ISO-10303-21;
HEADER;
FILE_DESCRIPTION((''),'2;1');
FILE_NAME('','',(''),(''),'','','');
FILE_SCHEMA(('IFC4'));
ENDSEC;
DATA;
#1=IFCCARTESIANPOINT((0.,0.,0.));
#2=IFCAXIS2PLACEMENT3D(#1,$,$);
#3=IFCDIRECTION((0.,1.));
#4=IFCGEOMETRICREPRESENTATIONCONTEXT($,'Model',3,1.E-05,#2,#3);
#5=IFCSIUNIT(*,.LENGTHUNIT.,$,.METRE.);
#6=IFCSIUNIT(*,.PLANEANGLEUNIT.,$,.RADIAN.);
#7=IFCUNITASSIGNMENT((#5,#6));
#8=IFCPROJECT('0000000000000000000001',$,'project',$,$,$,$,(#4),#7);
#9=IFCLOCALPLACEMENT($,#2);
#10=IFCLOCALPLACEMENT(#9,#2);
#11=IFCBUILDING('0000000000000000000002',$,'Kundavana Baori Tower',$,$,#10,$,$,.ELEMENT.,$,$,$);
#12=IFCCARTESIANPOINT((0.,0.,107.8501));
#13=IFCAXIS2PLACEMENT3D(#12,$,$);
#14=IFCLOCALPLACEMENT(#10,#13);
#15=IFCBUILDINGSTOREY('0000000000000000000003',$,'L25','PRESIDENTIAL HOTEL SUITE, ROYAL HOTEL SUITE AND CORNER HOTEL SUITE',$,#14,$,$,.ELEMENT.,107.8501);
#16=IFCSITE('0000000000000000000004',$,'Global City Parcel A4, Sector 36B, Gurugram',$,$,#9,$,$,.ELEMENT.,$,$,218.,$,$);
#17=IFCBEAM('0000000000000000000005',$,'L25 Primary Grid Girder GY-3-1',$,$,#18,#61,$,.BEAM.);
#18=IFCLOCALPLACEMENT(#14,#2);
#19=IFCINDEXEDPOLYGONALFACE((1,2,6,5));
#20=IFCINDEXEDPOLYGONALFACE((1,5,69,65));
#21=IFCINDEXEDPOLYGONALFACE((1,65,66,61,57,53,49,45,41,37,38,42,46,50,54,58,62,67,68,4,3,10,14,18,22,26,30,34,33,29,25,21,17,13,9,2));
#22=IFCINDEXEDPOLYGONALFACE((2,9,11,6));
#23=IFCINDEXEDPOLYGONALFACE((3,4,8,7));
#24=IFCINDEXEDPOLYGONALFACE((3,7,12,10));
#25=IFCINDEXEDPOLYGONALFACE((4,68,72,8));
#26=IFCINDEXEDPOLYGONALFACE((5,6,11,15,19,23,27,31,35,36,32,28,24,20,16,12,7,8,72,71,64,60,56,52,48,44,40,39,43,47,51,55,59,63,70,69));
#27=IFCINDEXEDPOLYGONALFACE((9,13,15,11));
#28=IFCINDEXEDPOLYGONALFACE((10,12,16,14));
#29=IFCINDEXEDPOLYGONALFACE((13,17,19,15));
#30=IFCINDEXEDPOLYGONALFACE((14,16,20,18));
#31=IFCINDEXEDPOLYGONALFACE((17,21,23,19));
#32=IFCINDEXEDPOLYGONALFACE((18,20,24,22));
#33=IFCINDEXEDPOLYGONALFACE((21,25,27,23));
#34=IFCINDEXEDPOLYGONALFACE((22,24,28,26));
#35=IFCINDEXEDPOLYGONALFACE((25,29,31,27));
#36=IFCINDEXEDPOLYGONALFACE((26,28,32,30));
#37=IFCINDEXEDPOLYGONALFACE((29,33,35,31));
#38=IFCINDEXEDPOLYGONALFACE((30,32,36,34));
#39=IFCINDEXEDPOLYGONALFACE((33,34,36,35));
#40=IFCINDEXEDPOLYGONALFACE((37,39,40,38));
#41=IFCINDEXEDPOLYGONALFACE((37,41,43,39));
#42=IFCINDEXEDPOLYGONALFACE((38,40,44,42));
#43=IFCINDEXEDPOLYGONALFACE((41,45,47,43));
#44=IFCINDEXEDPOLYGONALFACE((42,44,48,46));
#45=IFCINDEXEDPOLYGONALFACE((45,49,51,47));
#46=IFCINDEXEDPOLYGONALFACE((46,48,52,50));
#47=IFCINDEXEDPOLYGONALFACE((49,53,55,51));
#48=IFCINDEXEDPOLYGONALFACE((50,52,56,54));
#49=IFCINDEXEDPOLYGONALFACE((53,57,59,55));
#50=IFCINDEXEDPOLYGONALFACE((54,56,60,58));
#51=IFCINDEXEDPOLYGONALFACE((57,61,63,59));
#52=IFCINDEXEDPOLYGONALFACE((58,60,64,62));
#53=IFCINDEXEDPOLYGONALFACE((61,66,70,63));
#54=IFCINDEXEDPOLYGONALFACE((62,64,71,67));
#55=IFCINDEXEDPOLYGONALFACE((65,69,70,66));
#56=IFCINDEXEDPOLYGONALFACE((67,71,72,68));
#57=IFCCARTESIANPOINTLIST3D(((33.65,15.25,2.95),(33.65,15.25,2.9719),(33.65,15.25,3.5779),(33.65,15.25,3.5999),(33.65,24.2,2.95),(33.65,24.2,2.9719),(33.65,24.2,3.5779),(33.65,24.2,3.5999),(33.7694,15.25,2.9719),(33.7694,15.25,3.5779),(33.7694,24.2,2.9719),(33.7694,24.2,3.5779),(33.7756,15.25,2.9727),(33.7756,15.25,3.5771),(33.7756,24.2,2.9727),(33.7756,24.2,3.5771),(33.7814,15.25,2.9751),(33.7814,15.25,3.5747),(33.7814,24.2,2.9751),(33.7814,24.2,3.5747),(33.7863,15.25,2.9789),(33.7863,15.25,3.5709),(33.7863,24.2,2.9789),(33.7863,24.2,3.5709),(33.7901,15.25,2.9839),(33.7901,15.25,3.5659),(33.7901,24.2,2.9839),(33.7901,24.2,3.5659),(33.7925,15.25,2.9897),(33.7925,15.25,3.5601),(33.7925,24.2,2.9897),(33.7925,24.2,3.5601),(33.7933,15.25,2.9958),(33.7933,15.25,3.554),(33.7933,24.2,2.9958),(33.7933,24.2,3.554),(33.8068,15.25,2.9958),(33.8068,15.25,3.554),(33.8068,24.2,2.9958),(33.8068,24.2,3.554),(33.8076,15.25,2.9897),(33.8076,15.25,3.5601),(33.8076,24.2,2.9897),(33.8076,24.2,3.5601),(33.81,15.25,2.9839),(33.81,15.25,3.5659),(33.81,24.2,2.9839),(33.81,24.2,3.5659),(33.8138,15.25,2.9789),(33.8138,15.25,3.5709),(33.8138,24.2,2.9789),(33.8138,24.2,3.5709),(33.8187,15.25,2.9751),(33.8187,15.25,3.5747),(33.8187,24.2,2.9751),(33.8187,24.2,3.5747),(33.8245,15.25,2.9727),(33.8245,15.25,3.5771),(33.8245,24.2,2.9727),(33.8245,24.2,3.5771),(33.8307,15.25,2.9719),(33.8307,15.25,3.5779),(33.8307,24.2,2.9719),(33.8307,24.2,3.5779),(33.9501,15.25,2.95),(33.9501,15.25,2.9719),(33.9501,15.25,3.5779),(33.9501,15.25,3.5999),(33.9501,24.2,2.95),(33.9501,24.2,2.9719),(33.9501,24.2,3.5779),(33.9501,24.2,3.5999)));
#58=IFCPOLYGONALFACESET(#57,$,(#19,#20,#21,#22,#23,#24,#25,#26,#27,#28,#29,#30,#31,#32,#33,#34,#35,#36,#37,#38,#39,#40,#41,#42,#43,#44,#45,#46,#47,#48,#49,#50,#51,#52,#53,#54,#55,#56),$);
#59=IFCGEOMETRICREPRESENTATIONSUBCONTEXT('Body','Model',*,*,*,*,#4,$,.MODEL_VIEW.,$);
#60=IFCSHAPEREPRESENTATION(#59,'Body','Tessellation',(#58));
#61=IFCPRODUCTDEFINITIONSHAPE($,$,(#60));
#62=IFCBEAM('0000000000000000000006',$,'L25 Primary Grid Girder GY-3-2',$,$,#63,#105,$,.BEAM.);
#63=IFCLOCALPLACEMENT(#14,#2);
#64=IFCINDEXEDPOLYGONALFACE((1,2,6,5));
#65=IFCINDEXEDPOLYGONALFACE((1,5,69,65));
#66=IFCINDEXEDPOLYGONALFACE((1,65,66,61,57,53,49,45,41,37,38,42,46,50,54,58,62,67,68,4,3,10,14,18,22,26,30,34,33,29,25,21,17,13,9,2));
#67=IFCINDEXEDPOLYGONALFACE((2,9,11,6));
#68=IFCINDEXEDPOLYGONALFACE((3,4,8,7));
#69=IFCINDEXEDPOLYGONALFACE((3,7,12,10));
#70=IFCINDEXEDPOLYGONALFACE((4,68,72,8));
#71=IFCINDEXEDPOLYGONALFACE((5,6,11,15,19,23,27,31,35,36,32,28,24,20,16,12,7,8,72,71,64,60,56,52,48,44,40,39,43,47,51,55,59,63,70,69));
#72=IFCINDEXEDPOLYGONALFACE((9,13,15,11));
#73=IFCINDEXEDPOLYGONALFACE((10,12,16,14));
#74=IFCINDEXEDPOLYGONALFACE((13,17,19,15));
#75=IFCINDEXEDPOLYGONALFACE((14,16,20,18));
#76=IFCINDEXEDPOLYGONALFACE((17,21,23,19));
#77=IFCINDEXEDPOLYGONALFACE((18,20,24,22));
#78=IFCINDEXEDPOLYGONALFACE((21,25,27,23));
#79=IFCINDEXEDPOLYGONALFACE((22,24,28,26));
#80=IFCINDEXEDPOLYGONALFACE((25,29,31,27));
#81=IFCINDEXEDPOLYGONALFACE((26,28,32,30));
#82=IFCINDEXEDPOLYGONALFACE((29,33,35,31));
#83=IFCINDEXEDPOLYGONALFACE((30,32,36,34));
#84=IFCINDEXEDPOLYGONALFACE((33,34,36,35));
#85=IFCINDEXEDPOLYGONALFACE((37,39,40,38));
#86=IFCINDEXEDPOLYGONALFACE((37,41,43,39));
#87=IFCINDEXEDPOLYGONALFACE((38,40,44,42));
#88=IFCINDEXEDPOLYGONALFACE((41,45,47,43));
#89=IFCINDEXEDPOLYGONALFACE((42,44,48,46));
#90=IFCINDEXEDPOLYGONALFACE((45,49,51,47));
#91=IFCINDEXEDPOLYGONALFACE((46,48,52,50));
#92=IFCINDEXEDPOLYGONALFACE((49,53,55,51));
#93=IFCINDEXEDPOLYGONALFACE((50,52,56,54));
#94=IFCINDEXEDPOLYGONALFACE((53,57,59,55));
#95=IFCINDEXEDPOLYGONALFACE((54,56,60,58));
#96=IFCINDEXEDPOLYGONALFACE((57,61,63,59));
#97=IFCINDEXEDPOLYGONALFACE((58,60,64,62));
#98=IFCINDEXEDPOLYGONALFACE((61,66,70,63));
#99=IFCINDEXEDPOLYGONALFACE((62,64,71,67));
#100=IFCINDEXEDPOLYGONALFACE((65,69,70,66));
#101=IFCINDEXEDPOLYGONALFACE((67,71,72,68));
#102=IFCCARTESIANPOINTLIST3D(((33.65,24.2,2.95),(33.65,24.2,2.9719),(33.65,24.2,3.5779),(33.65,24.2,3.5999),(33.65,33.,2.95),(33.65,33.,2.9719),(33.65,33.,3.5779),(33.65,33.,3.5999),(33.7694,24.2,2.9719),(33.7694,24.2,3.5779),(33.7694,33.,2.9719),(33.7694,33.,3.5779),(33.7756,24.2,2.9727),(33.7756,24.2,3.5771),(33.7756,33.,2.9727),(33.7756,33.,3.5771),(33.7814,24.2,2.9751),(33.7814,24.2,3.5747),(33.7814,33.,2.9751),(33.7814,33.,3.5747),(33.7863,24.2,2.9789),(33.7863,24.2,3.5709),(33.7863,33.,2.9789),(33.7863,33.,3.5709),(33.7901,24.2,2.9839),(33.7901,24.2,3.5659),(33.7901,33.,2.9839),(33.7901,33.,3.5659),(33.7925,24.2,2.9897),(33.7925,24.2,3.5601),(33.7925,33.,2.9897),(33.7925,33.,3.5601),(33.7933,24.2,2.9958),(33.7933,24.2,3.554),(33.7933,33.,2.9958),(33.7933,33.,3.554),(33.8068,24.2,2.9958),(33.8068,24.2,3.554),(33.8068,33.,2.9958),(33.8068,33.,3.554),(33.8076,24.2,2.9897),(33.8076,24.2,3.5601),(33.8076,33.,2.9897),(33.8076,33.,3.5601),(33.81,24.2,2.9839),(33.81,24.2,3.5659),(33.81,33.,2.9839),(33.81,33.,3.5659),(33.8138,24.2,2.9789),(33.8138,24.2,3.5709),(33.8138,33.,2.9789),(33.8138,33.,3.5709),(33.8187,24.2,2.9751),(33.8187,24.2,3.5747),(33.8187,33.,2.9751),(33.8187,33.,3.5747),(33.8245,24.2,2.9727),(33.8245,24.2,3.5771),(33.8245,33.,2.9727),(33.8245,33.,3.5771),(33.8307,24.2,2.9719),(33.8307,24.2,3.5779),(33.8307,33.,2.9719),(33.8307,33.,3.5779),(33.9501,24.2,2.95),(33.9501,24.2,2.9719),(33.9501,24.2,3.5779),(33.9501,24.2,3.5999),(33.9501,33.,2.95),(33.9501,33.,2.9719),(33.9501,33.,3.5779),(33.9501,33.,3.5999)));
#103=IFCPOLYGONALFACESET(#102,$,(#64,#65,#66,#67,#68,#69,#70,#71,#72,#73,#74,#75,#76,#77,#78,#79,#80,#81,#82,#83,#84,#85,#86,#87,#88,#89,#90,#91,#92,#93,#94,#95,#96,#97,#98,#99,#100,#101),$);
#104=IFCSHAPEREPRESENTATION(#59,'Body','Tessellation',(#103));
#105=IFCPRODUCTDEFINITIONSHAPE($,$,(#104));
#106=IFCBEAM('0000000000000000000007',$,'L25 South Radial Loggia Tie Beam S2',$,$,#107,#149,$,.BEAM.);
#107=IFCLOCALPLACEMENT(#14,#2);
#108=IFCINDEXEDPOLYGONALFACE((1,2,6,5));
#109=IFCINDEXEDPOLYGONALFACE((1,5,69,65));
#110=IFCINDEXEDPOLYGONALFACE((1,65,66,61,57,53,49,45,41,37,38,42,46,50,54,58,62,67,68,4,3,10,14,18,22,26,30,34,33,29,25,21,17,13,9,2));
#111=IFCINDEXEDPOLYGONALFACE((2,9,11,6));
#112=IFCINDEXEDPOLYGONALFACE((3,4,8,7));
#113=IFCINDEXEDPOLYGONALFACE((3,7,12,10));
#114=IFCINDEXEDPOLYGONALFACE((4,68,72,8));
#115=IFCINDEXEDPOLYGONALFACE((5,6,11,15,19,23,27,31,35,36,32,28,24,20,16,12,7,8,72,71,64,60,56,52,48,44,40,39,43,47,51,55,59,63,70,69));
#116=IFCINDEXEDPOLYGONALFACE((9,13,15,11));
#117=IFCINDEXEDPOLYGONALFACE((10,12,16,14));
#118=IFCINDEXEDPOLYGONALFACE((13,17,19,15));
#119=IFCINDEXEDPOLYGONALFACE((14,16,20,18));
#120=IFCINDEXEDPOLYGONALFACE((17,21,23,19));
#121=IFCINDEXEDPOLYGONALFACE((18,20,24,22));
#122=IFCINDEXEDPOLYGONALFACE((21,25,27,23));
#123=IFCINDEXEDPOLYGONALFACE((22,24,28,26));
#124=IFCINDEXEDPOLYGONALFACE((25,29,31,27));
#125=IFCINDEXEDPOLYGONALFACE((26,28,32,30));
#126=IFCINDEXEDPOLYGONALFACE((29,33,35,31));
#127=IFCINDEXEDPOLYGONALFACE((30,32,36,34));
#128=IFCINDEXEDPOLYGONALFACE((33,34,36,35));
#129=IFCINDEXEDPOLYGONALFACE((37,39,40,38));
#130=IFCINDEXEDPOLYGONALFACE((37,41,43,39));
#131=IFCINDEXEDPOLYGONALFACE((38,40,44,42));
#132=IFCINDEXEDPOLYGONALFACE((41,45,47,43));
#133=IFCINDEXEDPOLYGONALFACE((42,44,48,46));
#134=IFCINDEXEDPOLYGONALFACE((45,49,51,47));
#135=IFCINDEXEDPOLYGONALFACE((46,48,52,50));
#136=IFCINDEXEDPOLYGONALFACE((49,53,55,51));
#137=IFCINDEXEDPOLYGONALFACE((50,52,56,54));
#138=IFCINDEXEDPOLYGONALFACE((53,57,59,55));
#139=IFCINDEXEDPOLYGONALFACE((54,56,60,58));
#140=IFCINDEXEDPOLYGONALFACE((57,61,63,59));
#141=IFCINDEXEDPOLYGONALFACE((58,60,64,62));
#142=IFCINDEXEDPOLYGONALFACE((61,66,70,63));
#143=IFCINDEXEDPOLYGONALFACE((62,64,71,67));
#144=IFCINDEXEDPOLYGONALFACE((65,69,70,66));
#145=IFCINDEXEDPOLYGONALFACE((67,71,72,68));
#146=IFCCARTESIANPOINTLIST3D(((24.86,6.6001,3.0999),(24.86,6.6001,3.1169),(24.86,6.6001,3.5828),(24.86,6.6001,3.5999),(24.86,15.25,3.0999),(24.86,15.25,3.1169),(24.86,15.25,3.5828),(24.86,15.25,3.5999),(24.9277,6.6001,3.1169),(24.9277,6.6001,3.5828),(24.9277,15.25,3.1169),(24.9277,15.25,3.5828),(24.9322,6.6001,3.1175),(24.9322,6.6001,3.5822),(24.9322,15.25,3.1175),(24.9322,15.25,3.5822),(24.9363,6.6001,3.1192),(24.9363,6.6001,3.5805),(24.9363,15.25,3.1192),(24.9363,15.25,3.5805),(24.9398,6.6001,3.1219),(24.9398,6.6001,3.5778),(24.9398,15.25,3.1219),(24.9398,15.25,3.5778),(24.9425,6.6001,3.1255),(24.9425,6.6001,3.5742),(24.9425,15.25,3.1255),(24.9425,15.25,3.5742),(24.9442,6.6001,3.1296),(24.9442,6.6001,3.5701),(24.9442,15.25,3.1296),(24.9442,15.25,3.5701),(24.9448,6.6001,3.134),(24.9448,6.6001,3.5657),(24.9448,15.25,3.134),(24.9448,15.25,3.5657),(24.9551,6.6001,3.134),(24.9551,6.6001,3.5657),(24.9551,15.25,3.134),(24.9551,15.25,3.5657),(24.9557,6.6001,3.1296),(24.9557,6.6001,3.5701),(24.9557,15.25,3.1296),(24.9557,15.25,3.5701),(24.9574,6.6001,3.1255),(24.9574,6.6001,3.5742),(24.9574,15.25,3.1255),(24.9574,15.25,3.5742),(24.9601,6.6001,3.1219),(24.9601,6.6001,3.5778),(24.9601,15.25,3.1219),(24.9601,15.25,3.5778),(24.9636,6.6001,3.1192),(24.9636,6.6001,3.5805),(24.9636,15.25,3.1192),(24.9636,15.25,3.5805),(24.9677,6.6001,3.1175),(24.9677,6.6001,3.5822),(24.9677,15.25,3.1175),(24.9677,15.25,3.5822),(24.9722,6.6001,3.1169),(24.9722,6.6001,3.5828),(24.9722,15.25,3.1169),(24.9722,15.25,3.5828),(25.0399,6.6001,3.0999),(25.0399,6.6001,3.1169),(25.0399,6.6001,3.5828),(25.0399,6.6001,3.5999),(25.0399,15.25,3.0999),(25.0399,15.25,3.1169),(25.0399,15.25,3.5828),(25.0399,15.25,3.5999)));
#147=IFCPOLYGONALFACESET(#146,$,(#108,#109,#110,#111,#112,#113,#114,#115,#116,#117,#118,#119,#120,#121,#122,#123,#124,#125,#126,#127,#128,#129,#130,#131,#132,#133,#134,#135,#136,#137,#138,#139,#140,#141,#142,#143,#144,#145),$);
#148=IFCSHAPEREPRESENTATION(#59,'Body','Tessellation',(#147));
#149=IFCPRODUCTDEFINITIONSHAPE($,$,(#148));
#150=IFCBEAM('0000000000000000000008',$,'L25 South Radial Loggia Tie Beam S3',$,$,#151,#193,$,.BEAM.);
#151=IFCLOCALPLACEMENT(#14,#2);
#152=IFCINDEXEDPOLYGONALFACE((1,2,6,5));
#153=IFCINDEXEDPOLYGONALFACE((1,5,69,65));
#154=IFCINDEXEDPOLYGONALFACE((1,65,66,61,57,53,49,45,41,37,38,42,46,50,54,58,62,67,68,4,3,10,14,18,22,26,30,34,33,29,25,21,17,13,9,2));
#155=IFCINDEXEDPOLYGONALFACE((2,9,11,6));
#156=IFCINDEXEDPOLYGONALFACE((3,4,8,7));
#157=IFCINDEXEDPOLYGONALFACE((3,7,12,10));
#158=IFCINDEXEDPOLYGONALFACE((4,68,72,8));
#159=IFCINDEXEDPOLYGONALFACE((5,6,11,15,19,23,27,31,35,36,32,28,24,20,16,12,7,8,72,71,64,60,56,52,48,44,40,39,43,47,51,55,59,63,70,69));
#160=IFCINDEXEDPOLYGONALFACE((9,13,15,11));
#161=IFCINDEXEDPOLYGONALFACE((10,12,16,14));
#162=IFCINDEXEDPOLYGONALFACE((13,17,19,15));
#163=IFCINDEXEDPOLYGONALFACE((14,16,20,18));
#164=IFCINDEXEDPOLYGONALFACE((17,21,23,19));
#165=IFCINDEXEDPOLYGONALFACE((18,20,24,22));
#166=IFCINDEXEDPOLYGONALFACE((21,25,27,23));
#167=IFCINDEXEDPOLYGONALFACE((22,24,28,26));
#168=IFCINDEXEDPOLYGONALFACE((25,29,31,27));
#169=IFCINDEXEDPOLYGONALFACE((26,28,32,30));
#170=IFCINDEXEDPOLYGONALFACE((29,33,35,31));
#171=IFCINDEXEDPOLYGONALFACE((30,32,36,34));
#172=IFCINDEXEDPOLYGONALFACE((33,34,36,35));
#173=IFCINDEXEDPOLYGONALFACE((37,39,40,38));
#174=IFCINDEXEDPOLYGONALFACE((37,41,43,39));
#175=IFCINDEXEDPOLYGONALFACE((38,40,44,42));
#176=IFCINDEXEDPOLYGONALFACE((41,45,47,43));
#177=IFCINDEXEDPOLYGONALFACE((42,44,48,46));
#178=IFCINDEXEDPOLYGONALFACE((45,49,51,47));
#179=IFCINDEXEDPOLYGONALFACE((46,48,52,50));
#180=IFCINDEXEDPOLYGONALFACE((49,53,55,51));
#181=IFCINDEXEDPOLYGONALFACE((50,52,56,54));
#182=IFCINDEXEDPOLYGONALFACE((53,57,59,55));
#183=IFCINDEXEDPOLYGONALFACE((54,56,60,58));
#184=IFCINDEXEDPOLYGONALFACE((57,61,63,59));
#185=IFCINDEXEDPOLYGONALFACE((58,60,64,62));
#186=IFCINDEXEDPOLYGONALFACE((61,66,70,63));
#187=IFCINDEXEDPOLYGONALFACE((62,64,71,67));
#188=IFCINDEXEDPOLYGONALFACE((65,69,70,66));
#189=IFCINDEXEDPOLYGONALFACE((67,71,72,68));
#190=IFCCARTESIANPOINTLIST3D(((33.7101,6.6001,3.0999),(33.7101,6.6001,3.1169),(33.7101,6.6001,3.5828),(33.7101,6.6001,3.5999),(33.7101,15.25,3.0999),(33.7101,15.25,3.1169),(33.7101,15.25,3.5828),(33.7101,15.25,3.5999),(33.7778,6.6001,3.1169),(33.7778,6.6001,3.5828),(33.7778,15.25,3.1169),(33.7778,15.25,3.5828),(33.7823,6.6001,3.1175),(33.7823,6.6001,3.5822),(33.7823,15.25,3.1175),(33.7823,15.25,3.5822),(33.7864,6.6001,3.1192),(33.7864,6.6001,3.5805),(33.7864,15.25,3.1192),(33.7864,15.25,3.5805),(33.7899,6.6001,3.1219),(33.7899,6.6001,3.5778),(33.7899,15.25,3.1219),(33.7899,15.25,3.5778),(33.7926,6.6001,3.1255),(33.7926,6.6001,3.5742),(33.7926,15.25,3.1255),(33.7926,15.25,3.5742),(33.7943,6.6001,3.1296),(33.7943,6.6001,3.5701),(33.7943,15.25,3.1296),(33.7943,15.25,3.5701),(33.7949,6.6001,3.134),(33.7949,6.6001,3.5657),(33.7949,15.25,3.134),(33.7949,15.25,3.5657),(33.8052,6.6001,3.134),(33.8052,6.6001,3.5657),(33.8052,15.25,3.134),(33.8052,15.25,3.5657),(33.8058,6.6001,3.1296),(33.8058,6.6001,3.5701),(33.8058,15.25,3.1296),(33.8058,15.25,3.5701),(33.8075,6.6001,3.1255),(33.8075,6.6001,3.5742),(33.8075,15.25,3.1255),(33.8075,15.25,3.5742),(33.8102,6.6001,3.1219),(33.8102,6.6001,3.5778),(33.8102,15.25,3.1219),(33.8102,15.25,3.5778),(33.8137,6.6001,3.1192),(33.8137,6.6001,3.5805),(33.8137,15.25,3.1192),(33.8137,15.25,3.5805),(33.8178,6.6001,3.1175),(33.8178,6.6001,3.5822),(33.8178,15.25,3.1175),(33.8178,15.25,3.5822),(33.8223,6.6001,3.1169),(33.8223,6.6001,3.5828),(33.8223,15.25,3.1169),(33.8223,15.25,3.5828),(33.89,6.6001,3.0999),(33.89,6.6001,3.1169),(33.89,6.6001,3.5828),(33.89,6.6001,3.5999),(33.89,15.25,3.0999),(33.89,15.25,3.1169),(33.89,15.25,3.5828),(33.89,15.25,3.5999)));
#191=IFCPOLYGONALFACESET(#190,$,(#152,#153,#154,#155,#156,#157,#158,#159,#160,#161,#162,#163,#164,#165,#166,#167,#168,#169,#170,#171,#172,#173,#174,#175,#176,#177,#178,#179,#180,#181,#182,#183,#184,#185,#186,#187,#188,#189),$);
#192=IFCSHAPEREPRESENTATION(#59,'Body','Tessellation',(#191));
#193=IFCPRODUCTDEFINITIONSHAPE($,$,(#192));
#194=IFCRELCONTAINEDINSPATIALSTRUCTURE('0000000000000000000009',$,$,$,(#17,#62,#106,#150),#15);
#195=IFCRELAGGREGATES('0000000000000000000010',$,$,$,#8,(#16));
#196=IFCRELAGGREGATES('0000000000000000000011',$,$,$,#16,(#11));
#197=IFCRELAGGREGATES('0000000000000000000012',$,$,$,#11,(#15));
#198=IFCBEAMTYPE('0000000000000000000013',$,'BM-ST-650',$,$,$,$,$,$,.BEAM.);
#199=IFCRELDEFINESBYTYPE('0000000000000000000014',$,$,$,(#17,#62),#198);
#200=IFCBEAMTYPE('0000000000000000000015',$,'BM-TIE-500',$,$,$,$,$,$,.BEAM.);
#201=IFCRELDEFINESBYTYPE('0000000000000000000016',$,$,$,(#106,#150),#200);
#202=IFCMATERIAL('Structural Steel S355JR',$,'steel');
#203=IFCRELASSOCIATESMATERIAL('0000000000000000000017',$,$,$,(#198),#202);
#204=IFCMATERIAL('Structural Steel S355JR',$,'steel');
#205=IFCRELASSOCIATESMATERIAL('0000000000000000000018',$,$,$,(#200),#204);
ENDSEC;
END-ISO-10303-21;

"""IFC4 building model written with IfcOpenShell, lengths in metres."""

from ifc_helpers import new_model, si_unit, direction, frame, origin, origin_2d, place, context, subcontext, project, spatial, i_section, extrude, material, material_profile, profile_set, type_object, element, save


model = new_model("IFC4")

# Units and contexts
model_context = context("Model", 3, precision=1e-05, world=origin(), true_north=direction((0.0, 1.0)))
body_context = subcontext(model_context, "Body", "Model", "MODEL_VIEW")
ifc_project = project(units=[si_unit("LENGTHUNIT", "METRE"), si_unit("PLANEANGLEUNIT", "RADIAN")], contexts=[model_context])

# Site, building, storey
site_placement = place(None, origin())
site = spatial("IfcSite", under=ifc_project, at=site_placement, Name="Global City Parcel A4, Sector 36B, Gurugram", CompositionType="ELEMENT", RefElevation=218.0)
building_placement = place(site_placement, origin())
building = spatial("IfcBuilding", under=site, at=building_placement, Name="Kundavana Baori Tower", CompositionType="ELEMENT")
storey_placement = place(building_placement, frame((0.0, 0.0, 107.8501)))
storey = spatial("IfcBuildingStorey", under=building, at=storey_placement, Name="L25", Description="PRESIDENTIAL HOTEL SUITE, ROYAL HOTEL SUITE AND CORNER HOTEL SUITE", CompositionType="ELEMENT", Elevation=107.8501)

# Beams
ifc_material_1 = material(Name="Structural Steel S355JR", Category="steel")
ifc_material_profile_1 = material_profile(ifc_material_1, i_section(OverallWidth=0.3, OverallDepth=0.6499, WebThickness=0.0134, FlangeThickness=0.022, FilletRadius=0.0239, at=origin_2d()), Name="NPB 650x300x155")
ifc_profile_set_1 = profile_set([ifc_material_profile_1], Name="Structural Steel S355JR")
beam_type_1 = type_object("IfcBeamType", Name="BM-ST-650", PredefinedType="BEAM", material=ifc_profile_set_1)
beam_1_placement = place(storey_placement, frame((33.8, 15.25, 3.2749), z_axis=(0.0, 1.0, 0.0), x_axis=(-1.0, 0.0, 0.0)))
element("IfcBeam", 1, at=beam_1_placement, inside=storey, type_object=beam_type_1, Name="L25 Primary Grid Girder GY-3-1", PredefinedType="BEAM", context=body_context, shape_type="SweptSolid", body=[
    extrude(i_section(OverallWidth=0.3, OverallDepth=0.6499, WebThickness=0.0134, FlangeThickness=0.022, FilletRadius=0.0239, at=origin_2d()), origin(), (0.0, 0.0, 1.0), 8.95),
])
beam_2_placement = place(storey_placement, frame((33.8, 24.2, 3.2749), z_axis=(0.0, 1.0, 0.0), x_axis=(-1.0, 0.0, 0.0)))
element("IfcBeam", 2, at=beam_2_placement, inside=storey, type_object=beam_type_1, Name="L25 Primary Grid Girder GY-3-2", PredefinedType="BEAM", context=body_context, shape_type="SweptSolid", body=[
    extrude(i_section(OverallWidth=0.3, OverallDepth=0.6499, WebThickness=0.0134, FlangeThickness=0.022, FilletRadius=0.0239, at=origin_2d()), origin(), (0.0, 0.0, 1.0), 8.8),
])
ifc_material_2 = material(Name="Structural Steel S355JR", Category="steel")
ifc_material_profile_2 = material_profile(ifc_material_2, i_section(OverallWidth=0.1799, OverallDepth=0.5, WebThickness=0.0103, FlangeThickness=0.0171, FilletRadius=0.0171, at=origin_2d()), Name="ISMB 500")
ifc_profile_set_2 = profile_set([ifc_material_profile_2], Name="Structural Steel S355JR")
beam_type_2 = type_object("IfcBeamType", Name="BM-TIE-500", PredefinedType="BEAM", material=ifc_profile_set_2)
for number, where, z_axis, x_axis, name in (
    (3, (24.95, 15.25, 3.3499), (0.0, -1.0, 0.0), (1.0, 0.0, 0.0), "L25 South Radial Loggia Tie Beam S2"),
    (4, (33.8, 15.25, 3.3499), (0.0, -1.0, 0.0), (1.0, 0.0, 0.0), "L25 South Radial Loggia Tie Beam S3"),
):
    element("IfcBeam", number, at=place(storey_placement, frame(where, z_axis=z_axis, x_axis=x_axis)), inside=storey, type_object=beam_type_2, Name=name, PredefinedType="BEAM", context=body_context, shape_type="SweptSolid", body=[
        extrude(i_section(OverallWidth=0.1799, OverallDepth=0.5, WebThickness=0.0103, FlangeThickness=0.0171, FilletRadius=0.0171, at=origin_2d()), origin(), (0.0, 0.0, 1.0), 8.6499),
    ])

save(model, "model.ifc")
